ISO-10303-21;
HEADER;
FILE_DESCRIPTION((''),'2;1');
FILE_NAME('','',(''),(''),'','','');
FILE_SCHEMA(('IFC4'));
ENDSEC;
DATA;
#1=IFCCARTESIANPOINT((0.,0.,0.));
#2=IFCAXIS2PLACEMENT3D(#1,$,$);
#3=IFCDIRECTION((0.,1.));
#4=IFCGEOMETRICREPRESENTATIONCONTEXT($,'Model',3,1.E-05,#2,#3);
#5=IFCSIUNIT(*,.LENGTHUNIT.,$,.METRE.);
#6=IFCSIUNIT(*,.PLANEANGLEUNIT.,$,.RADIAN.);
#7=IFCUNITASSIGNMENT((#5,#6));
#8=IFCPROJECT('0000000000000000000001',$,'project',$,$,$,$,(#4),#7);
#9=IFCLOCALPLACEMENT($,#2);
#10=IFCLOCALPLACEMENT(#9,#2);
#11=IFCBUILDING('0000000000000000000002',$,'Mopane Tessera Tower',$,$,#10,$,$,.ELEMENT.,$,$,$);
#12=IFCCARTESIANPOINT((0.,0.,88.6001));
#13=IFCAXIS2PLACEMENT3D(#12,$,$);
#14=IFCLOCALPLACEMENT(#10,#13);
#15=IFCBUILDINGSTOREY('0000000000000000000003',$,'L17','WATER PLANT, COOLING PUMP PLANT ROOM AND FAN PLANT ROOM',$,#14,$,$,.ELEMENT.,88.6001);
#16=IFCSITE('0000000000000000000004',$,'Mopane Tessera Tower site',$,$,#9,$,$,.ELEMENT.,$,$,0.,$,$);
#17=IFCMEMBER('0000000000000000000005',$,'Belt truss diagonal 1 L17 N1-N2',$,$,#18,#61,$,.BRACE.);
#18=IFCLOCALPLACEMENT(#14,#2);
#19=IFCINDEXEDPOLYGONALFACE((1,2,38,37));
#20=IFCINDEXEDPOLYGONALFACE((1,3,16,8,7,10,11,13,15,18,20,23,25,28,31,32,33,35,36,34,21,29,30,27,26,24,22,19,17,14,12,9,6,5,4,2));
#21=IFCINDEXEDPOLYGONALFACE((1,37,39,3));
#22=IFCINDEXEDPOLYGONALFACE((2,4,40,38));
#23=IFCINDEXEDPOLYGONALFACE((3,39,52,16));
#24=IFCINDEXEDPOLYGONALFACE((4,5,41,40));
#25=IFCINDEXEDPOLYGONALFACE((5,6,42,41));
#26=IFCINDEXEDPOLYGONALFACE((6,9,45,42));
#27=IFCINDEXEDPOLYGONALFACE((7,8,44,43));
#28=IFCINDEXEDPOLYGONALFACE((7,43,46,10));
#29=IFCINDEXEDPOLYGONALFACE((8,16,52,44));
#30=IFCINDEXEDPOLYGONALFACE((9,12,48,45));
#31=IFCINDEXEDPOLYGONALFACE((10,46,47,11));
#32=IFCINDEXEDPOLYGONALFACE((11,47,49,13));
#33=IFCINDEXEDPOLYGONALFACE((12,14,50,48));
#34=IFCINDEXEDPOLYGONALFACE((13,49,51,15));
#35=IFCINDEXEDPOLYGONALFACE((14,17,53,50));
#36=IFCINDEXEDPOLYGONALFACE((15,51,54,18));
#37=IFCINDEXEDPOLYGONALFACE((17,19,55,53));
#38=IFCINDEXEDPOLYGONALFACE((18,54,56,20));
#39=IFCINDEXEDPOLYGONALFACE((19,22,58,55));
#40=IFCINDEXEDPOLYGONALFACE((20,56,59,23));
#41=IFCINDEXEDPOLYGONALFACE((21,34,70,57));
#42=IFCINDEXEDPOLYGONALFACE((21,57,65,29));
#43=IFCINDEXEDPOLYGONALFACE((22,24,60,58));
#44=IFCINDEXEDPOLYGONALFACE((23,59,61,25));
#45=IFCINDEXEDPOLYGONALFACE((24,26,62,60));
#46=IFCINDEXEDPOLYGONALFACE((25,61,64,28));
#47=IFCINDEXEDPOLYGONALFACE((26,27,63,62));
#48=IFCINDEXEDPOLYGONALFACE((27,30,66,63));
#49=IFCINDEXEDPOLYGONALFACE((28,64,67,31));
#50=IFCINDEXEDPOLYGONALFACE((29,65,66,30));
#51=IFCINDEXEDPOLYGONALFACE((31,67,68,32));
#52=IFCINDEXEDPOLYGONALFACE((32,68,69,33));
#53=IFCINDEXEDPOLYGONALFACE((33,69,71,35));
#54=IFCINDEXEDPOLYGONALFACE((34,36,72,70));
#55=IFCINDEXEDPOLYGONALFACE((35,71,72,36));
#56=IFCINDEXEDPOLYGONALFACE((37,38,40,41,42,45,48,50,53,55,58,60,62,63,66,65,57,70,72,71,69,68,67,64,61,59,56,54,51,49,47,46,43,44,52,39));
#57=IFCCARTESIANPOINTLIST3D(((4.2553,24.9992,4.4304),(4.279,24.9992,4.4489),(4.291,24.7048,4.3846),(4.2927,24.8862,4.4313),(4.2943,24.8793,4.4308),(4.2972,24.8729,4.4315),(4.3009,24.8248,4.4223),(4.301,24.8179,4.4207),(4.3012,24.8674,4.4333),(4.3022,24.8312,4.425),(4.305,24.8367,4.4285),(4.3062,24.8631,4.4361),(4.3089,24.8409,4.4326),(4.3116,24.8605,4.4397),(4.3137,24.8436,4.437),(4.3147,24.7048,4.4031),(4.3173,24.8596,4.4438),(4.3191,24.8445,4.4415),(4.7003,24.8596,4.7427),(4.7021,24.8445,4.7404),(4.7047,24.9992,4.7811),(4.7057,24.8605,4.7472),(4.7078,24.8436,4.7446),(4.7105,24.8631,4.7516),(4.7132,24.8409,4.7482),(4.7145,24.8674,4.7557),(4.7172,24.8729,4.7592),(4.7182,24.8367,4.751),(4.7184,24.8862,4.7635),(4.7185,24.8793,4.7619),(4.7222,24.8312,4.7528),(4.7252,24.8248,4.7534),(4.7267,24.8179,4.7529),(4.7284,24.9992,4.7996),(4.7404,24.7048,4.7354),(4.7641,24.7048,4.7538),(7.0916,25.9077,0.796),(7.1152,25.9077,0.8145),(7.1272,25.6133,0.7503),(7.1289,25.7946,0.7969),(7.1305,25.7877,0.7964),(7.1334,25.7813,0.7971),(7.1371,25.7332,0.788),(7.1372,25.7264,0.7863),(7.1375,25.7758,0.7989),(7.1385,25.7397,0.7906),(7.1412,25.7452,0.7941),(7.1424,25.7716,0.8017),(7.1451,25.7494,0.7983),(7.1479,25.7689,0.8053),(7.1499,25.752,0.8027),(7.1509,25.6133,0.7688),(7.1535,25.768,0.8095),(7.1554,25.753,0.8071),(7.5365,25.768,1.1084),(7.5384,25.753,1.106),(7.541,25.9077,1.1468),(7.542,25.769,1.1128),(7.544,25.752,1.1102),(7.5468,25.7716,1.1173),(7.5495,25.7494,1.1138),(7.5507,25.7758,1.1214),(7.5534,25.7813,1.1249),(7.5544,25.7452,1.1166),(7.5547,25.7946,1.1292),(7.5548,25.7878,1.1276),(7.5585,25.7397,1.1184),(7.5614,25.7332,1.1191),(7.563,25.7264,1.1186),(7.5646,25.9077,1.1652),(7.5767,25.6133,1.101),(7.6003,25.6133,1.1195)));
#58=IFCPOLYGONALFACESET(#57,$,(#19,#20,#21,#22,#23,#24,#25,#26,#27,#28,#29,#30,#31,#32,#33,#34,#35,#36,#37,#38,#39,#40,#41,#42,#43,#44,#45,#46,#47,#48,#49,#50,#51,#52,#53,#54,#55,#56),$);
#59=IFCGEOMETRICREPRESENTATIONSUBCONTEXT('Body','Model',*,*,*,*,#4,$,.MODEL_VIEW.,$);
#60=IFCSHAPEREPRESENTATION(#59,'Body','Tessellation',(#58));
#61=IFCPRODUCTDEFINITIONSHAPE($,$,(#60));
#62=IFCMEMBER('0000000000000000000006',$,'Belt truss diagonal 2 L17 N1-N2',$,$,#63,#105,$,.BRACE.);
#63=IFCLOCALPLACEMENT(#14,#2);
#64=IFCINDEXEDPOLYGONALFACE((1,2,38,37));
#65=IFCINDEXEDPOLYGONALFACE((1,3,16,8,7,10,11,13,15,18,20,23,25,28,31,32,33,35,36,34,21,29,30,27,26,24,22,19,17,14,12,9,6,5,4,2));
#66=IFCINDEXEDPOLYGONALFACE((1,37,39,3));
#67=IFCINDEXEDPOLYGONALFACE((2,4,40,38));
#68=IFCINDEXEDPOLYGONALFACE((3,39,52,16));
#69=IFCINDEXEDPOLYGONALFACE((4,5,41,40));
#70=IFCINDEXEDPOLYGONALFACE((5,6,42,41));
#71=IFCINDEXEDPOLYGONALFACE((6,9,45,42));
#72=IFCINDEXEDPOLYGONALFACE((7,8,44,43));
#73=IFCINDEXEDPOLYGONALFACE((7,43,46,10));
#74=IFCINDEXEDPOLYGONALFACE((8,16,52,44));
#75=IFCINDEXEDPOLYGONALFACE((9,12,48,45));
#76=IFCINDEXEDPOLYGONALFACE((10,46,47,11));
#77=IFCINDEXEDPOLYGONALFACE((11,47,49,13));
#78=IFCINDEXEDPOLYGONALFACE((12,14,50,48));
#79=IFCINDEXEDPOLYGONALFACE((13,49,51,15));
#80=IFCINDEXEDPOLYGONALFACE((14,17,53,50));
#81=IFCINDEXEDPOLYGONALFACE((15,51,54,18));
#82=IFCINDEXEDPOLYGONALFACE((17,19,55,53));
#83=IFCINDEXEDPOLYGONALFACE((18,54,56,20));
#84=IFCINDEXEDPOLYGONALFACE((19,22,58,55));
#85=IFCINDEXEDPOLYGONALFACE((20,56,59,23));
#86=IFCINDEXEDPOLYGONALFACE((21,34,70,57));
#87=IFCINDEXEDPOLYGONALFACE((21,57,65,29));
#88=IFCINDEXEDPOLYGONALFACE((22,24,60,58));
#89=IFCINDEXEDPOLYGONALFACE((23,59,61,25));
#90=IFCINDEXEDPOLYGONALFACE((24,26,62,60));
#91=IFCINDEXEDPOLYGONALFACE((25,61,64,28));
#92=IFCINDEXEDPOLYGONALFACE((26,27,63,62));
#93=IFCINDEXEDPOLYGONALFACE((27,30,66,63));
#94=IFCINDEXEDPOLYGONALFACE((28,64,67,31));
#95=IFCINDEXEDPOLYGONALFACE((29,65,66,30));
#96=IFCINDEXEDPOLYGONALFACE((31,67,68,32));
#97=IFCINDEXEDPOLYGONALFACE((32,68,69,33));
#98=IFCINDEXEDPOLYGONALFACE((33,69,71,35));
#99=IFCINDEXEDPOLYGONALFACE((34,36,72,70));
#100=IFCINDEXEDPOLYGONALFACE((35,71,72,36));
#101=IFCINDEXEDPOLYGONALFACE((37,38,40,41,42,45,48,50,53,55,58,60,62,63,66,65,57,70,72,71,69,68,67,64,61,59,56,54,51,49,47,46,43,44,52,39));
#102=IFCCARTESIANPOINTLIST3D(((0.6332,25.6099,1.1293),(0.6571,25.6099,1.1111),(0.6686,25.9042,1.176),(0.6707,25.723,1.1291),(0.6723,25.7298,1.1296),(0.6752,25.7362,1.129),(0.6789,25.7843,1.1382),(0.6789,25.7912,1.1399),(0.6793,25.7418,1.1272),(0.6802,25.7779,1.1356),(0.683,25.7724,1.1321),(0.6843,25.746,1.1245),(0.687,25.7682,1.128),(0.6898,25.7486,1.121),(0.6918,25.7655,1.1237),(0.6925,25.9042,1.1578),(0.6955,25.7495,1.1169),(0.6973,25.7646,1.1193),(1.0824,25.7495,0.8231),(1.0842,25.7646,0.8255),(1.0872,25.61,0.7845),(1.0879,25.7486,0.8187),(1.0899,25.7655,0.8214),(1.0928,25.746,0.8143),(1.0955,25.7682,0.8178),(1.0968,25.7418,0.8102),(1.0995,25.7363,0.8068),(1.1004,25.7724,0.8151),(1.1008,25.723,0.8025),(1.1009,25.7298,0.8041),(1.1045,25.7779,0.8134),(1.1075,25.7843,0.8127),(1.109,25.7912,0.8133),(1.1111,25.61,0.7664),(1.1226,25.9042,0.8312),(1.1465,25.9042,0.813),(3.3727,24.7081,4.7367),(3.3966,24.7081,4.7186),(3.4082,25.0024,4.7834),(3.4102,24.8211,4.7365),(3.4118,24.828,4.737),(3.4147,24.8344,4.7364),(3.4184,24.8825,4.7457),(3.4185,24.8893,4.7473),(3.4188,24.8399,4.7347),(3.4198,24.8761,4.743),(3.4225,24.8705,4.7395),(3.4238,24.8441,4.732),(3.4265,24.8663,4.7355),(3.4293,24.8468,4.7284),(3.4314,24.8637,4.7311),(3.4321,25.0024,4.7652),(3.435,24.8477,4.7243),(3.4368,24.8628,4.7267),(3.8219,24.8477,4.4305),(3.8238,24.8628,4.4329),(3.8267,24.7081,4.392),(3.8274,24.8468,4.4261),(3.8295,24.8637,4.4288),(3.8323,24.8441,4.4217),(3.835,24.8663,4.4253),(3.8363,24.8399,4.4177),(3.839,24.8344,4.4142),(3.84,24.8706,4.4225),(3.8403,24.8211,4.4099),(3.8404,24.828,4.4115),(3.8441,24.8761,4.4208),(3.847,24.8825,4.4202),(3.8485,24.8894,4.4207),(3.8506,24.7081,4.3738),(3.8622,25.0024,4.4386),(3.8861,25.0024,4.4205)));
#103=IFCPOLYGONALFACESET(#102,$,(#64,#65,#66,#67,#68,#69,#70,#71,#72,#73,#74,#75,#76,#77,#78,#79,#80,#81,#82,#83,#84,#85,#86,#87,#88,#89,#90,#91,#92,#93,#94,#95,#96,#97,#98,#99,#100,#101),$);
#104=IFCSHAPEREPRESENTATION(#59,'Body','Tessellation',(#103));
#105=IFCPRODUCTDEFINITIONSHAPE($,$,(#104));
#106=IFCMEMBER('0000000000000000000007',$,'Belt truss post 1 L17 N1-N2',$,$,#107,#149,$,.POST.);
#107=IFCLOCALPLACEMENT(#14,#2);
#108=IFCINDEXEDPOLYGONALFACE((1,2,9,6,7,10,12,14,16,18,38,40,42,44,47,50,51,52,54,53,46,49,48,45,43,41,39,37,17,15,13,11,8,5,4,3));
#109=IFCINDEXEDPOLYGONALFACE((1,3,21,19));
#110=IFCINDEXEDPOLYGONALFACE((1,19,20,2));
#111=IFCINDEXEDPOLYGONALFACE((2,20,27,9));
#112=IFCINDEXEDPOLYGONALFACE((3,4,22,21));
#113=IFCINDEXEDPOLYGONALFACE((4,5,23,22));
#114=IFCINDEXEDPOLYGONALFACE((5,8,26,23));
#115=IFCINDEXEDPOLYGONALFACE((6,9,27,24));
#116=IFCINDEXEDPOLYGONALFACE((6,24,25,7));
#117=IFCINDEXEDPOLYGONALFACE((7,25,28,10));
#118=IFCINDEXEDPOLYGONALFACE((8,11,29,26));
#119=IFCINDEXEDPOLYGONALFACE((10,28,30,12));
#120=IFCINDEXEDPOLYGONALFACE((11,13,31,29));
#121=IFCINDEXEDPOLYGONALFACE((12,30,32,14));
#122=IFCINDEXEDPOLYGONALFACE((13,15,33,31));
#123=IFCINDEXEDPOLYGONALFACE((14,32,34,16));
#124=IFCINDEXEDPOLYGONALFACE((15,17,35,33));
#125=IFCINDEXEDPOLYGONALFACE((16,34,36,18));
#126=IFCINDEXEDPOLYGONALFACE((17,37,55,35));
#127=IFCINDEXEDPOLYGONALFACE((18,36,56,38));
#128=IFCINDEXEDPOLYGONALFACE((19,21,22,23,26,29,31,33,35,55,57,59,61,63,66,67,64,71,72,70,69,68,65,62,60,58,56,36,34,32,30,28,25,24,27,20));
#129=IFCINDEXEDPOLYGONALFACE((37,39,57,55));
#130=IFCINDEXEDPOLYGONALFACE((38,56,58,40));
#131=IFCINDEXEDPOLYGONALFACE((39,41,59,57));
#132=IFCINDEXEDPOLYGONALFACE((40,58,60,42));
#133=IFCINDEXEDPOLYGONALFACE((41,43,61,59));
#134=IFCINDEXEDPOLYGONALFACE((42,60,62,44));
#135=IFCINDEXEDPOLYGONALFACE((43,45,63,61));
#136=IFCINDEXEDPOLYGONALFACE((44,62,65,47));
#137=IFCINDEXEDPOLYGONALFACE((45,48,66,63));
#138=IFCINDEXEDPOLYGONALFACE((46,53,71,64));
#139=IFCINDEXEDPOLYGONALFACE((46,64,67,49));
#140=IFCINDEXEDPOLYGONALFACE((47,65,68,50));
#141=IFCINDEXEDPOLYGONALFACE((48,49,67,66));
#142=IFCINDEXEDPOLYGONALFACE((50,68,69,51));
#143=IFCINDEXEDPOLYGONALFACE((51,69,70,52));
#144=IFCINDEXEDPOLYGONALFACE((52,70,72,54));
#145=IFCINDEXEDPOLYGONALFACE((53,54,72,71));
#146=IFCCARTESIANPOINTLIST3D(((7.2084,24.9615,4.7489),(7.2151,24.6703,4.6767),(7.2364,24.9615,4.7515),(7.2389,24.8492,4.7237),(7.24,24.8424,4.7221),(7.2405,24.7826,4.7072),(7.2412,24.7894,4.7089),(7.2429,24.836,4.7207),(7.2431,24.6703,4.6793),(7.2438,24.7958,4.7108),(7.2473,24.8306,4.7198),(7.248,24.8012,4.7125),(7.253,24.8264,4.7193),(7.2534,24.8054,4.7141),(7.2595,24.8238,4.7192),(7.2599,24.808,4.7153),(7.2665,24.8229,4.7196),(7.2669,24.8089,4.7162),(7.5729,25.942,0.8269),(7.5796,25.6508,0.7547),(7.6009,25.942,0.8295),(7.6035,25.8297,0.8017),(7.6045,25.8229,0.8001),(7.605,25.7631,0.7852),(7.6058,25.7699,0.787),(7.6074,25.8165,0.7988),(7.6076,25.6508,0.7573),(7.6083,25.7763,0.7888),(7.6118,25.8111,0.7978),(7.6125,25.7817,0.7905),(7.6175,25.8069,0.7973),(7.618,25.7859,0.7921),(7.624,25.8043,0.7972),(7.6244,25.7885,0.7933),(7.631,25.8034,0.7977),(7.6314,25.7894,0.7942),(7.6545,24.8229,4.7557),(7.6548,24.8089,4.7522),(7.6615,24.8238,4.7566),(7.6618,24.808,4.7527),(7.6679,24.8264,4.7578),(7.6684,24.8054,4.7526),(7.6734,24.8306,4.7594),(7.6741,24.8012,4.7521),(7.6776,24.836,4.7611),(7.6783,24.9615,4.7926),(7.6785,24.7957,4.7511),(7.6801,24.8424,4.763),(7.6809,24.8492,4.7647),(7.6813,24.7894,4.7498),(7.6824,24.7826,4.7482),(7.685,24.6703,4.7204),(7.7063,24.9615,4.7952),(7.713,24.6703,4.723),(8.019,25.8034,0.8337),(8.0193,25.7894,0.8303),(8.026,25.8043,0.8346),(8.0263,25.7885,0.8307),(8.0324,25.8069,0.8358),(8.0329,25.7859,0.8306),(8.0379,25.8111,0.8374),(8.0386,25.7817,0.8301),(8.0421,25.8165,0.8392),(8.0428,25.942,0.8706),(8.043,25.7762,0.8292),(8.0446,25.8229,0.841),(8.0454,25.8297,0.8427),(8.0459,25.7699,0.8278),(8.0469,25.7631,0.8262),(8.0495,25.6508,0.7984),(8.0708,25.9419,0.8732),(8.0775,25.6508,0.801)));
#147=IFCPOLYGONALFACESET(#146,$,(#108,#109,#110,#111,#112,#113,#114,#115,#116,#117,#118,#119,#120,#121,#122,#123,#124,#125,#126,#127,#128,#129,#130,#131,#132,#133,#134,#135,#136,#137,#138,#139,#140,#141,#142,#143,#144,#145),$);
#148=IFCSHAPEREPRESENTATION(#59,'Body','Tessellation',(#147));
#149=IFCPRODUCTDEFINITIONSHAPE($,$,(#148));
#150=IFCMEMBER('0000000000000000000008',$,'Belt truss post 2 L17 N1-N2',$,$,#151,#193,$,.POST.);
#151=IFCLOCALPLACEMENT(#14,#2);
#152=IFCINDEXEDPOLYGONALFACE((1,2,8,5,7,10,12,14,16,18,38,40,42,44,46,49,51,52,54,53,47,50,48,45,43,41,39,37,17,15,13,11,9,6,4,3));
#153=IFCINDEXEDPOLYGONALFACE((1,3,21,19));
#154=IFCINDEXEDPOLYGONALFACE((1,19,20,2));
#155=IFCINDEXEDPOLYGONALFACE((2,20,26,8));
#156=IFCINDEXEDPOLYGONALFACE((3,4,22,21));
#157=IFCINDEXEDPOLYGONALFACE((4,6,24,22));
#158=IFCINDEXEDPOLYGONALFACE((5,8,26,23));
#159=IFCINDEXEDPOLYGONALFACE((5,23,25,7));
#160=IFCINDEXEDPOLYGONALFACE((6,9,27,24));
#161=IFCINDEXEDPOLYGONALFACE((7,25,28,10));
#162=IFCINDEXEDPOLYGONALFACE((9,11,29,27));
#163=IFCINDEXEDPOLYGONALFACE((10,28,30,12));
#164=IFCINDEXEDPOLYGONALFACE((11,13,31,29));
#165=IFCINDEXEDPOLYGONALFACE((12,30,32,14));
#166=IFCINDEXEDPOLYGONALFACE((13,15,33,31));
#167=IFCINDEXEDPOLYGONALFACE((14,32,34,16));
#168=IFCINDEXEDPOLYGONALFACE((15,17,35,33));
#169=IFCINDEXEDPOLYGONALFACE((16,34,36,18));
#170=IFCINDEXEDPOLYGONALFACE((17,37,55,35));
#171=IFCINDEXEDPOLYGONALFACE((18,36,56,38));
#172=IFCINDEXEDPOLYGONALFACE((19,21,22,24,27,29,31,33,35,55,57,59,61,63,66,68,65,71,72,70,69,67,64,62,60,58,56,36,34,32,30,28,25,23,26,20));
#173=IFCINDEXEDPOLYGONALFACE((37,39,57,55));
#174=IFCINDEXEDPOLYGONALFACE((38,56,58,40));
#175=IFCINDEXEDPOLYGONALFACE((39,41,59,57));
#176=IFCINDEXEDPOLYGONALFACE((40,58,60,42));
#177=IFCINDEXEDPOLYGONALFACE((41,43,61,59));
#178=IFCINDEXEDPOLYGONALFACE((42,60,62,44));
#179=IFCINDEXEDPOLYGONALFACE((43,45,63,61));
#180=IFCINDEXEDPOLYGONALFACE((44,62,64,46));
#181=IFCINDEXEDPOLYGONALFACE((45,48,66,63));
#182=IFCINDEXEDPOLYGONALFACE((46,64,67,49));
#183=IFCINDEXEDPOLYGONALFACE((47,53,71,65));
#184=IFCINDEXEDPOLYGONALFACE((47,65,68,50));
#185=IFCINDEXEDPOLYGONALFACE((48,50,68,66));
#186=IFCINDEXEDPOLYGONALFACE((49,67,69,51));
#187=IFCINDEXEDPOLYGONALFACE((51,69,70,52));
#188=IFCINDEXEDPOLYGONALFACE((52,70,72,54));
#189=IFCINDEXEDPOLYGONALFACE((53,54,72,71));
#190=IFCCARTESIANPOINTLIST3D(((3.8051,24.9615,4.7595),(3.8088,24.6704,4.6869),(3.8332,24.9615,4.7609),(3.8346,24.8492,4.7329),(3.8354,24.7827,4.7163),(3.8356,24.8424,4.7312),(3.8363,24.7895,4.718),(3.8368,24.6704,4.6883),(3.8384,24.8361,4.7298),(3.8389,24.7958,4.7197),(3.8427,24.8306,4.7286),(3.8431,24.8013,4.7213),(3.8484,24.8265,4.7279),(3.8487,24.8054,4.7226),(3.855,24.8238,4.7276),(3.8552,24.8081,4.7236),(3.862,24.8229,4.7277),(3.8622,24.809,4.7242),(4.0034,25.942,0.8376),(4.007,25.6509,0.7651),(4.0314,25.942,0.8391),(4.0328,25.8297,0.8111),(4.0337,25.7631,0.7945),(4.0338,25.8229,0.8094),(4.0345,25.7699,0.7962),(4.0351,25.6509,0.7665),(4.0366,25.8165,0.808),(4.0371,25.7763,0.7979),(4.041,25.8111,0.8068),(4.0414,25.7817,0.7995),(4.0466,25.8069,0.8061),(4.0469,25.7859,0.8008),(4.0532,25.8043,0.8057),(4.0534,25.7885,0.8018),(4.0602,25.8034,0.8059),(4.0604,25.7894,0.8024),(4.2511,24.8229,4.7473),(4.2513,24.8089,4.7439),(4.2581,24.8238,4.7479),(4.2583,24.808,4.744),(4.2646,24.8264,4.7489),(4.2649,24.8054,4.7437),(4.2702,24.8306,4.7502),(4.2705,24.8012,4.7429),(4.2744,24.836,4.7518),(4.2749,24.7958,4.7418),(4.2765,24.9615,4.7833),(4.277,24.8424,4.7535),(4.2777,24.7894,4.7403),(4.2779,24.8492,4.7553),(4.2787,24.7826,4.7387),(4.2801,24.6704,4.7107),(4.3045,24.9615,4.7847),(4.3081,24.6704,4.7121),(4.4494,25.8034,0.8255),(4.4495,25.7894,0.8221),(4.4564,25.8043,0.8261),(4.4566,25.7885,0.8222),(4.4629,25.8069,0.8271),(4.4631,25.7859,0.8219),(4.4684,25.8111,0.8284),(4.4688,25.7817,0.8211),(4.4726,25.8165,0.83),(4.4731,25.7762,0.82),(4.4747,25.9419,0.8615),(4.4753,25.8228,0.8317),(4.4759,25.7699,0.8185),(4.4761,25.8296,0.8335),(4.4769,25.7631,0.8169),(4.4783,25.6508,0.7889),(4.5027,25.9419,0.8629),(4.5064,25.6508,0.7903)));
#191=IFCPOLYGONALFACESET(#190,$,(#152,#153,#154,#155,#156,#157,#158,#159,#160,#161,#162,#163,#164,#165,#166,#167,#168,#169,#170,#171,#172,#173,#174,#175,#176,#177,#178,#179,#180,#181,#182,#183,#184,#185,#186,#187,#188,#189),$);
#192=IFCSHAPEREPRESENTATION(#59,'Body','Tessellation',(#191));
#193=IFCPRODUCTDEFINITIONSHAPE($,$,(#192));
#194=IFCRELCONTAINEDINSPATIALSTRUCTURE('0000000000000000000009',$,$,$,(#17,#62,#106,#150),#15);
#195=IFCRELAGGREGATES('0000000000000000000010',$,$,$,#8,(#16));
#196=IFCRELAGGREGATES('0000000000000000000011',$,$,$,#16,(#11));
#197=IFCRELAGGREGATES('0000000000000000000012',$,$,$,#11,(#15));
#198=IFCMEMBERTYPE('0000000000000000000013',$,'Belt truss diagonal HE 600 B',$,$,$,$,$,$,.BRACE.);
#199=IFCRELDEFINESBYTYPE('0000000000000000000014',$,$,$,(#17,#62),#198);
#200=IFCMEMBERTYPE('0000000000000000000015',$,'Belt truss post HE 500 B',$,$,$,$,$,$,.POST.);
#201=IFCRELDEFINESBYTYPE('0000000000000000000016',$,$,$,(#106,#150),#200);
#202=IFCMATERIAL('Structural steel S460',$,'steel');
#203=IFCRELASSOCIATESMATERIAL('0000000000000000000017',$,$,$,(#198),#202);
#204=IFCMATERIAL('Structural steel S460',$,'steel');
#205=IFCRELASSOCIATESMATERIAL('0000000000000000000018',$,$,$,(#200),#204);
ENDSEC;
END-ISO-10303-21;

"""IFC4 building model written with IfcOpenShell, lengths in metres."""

from ifc_helpers import new_model, si_unit, direction, frame, origin, origin_2d, place, context, subcontext, project, spatial, i_section, extrude, material, material_profile, profile_set, type_object, element, save


model = new_model("IFC4")

# Units and contexts
model_context = context("Model", 3, precision=1e-05, world=origin(), true_north=direction((0.0, 1.0)))
body_context = subcontext(model_context, "Body", "Model", "MODEL_VIEW")
ifc_project = project(units=[si_unit("LENGTHUNIT", "METRE"), si_unit("PLANEANGLEUNIT", "RADIAN")], contexts=[model_context])

# Site, building, storey
site_placement = place(None, origin())
site = spatial("IfcSite", under=ifc_project, at=site_placement, Name="Mopane Tessera Tower site", CompositionType="ELEMENT", RefElevation=0.0)
building_placement = place(site_placement, origin())
building = spatial("IfcBuilding", under=site, at=building_placement, Name="Mopane Tessera Tower", CompositionType="ELEMENT")
storey_placement = place(building_placement, frame((0.0, 0.0, 88.6001)))
storey = spatial("IfcBuildingStorey", under=building, at=storey_placement, Name="L17", Description="WATER PLANT, COOLING PUMP PLANT ROOM AND FAN PLANT ROOM", CompositionType="ELEMENT", Elevation=88.6001)

# Members
ifc_material_1 = material(Name="Structural steel S460", Category="steel")
ifc_material_profile_1 = material_profile(ifc_material_1, i_section(OverallWidth=0.3, OverallDepth=0.6001, WebThickness=0.0154, FlangeThickness=0.03, FilletRadius=0.0271, at=origin_2d()))
ifc_profile_set_1 = profile_set([ifc_material_profile_1], Name="Structural steel S460")
member_type_1 = type_object("IfcMemberType", Name="Belt truss diagonal HE 600 B", PredefinedType="BRACE", material=ifc_profile_set_1)
member_1_placement = place(storey_placement, frame((7.3459, 25.7605, 0.9578), z_axis=(-0.603618, -0.193343, 0.773475), x_axis=(0.118954, -0.981131, -0.152418)))
element("IfcMember", 1, at=member_1_placement, inside=storey, type_object=member_type_1, Name="Belt truss diagonal 1 L17 N1-N2", PredefinedType="BRACE", context=body_context, shape_type="SweptSolid", body=[
    extrude(i_section(OverallWidth=0.3, OverallDepth=0.6001, WebThickness=0.0154, FlangeThickness=0.03, FilletRadius=0.0271, at=origin_2d()), origin(), (0.0, 0.0, 1.0), 4.6987),
])
member_2_placement = place(storey_placement, frame((3.6294, 24.8552, 4.5786), z_axis=(-0.593142, 0.195265, -0.78106), x_axis=(-0.118077, -0.980751, -0.155519)))
element("IfcMember", 2, at=member_2_placement, inside=storey, type_object=member_type_1, Name="Belt truss diagonal 2 L17 N1-N2", PredefinedType="BRACE", context=body_context, shape_type="SweptSolid", body=[
    extrude(i_section(OverallWidth=0.3, OverallDepth=0.6001, WebThickness=0.0154, FlangeThickness=0.03, FilletRadius=0.0271, at=origin_2d()), origin(), (0.0, 0.0, 1.0), 4.6187),
])
ifc_material_2 = material(Name="Structural steel S460", Category="steel")
ifc_material_profile_2 = material_profile(ifc_material_2, i_section(OverallWidth=0.3, OverallDepth=0.5, WebThickness=0.0144, FlangeThickness=0.0281, FilletRadius=0.0271, at=origin_2d()))
ifc_profile_set_2 = profile_set([ifc_material_profile_2], Name="Structural steel S460")
member_type_2 = type_object("IfcMemberType", Name="Belt truss post HE 500 B", PredefinedType="POST", material=ifc_profile_set_2)
member_3_placement = place(storey_placement, frame((7.8252, 25.7964, 0.814), z_axis=(-0.089801, -0.241556, 0.966223), x_axis=(0.022278, -0.970387, -0.240526)))
element("IfcMember", 3, at=member_3_placement, inside=storey, type_object=member_type_2, Name="Belt truss post 1 L17 N1-N2", PredefinedType="POST", context=body_context, shape_type="SweptSolid", body=[
    extrude(i_section(OverallWidth=0.3, OverallDepth=0.5, WebThickness=0.0144, FlangeThickness=0.0281, FilletRadius=0.0271, at=origin_2d()), origin(), (0.0, 0.0, 1.0), 4.0591),
])
member_4_placement = place(storey_placement, frame((4.2549, 25.7964, 0.814), z_axis=(-0.04898, -0.242245, 0.968978), x_axis=(0.012139, -0.970215, -0.24194)))
element("IfcMember", 4, at=member_4_placement, inside=storey, type_object=member_type_2, Name="Belt truss post 2 L17 N1-N2", PredefinedType="POST", context=body_context, shape_type="SweptSolid", body=[
    extrude(i_section(OverallWidth=0.3, OverallDepth=0.5, WebThickness=0.0144, FlangeThickness=0.0281, FilletRadius=0.0271, at=origin_2d()), origin(), (0.0, 0.0, 1.0), 4.0474),
])

save(model, "model.ifc")
